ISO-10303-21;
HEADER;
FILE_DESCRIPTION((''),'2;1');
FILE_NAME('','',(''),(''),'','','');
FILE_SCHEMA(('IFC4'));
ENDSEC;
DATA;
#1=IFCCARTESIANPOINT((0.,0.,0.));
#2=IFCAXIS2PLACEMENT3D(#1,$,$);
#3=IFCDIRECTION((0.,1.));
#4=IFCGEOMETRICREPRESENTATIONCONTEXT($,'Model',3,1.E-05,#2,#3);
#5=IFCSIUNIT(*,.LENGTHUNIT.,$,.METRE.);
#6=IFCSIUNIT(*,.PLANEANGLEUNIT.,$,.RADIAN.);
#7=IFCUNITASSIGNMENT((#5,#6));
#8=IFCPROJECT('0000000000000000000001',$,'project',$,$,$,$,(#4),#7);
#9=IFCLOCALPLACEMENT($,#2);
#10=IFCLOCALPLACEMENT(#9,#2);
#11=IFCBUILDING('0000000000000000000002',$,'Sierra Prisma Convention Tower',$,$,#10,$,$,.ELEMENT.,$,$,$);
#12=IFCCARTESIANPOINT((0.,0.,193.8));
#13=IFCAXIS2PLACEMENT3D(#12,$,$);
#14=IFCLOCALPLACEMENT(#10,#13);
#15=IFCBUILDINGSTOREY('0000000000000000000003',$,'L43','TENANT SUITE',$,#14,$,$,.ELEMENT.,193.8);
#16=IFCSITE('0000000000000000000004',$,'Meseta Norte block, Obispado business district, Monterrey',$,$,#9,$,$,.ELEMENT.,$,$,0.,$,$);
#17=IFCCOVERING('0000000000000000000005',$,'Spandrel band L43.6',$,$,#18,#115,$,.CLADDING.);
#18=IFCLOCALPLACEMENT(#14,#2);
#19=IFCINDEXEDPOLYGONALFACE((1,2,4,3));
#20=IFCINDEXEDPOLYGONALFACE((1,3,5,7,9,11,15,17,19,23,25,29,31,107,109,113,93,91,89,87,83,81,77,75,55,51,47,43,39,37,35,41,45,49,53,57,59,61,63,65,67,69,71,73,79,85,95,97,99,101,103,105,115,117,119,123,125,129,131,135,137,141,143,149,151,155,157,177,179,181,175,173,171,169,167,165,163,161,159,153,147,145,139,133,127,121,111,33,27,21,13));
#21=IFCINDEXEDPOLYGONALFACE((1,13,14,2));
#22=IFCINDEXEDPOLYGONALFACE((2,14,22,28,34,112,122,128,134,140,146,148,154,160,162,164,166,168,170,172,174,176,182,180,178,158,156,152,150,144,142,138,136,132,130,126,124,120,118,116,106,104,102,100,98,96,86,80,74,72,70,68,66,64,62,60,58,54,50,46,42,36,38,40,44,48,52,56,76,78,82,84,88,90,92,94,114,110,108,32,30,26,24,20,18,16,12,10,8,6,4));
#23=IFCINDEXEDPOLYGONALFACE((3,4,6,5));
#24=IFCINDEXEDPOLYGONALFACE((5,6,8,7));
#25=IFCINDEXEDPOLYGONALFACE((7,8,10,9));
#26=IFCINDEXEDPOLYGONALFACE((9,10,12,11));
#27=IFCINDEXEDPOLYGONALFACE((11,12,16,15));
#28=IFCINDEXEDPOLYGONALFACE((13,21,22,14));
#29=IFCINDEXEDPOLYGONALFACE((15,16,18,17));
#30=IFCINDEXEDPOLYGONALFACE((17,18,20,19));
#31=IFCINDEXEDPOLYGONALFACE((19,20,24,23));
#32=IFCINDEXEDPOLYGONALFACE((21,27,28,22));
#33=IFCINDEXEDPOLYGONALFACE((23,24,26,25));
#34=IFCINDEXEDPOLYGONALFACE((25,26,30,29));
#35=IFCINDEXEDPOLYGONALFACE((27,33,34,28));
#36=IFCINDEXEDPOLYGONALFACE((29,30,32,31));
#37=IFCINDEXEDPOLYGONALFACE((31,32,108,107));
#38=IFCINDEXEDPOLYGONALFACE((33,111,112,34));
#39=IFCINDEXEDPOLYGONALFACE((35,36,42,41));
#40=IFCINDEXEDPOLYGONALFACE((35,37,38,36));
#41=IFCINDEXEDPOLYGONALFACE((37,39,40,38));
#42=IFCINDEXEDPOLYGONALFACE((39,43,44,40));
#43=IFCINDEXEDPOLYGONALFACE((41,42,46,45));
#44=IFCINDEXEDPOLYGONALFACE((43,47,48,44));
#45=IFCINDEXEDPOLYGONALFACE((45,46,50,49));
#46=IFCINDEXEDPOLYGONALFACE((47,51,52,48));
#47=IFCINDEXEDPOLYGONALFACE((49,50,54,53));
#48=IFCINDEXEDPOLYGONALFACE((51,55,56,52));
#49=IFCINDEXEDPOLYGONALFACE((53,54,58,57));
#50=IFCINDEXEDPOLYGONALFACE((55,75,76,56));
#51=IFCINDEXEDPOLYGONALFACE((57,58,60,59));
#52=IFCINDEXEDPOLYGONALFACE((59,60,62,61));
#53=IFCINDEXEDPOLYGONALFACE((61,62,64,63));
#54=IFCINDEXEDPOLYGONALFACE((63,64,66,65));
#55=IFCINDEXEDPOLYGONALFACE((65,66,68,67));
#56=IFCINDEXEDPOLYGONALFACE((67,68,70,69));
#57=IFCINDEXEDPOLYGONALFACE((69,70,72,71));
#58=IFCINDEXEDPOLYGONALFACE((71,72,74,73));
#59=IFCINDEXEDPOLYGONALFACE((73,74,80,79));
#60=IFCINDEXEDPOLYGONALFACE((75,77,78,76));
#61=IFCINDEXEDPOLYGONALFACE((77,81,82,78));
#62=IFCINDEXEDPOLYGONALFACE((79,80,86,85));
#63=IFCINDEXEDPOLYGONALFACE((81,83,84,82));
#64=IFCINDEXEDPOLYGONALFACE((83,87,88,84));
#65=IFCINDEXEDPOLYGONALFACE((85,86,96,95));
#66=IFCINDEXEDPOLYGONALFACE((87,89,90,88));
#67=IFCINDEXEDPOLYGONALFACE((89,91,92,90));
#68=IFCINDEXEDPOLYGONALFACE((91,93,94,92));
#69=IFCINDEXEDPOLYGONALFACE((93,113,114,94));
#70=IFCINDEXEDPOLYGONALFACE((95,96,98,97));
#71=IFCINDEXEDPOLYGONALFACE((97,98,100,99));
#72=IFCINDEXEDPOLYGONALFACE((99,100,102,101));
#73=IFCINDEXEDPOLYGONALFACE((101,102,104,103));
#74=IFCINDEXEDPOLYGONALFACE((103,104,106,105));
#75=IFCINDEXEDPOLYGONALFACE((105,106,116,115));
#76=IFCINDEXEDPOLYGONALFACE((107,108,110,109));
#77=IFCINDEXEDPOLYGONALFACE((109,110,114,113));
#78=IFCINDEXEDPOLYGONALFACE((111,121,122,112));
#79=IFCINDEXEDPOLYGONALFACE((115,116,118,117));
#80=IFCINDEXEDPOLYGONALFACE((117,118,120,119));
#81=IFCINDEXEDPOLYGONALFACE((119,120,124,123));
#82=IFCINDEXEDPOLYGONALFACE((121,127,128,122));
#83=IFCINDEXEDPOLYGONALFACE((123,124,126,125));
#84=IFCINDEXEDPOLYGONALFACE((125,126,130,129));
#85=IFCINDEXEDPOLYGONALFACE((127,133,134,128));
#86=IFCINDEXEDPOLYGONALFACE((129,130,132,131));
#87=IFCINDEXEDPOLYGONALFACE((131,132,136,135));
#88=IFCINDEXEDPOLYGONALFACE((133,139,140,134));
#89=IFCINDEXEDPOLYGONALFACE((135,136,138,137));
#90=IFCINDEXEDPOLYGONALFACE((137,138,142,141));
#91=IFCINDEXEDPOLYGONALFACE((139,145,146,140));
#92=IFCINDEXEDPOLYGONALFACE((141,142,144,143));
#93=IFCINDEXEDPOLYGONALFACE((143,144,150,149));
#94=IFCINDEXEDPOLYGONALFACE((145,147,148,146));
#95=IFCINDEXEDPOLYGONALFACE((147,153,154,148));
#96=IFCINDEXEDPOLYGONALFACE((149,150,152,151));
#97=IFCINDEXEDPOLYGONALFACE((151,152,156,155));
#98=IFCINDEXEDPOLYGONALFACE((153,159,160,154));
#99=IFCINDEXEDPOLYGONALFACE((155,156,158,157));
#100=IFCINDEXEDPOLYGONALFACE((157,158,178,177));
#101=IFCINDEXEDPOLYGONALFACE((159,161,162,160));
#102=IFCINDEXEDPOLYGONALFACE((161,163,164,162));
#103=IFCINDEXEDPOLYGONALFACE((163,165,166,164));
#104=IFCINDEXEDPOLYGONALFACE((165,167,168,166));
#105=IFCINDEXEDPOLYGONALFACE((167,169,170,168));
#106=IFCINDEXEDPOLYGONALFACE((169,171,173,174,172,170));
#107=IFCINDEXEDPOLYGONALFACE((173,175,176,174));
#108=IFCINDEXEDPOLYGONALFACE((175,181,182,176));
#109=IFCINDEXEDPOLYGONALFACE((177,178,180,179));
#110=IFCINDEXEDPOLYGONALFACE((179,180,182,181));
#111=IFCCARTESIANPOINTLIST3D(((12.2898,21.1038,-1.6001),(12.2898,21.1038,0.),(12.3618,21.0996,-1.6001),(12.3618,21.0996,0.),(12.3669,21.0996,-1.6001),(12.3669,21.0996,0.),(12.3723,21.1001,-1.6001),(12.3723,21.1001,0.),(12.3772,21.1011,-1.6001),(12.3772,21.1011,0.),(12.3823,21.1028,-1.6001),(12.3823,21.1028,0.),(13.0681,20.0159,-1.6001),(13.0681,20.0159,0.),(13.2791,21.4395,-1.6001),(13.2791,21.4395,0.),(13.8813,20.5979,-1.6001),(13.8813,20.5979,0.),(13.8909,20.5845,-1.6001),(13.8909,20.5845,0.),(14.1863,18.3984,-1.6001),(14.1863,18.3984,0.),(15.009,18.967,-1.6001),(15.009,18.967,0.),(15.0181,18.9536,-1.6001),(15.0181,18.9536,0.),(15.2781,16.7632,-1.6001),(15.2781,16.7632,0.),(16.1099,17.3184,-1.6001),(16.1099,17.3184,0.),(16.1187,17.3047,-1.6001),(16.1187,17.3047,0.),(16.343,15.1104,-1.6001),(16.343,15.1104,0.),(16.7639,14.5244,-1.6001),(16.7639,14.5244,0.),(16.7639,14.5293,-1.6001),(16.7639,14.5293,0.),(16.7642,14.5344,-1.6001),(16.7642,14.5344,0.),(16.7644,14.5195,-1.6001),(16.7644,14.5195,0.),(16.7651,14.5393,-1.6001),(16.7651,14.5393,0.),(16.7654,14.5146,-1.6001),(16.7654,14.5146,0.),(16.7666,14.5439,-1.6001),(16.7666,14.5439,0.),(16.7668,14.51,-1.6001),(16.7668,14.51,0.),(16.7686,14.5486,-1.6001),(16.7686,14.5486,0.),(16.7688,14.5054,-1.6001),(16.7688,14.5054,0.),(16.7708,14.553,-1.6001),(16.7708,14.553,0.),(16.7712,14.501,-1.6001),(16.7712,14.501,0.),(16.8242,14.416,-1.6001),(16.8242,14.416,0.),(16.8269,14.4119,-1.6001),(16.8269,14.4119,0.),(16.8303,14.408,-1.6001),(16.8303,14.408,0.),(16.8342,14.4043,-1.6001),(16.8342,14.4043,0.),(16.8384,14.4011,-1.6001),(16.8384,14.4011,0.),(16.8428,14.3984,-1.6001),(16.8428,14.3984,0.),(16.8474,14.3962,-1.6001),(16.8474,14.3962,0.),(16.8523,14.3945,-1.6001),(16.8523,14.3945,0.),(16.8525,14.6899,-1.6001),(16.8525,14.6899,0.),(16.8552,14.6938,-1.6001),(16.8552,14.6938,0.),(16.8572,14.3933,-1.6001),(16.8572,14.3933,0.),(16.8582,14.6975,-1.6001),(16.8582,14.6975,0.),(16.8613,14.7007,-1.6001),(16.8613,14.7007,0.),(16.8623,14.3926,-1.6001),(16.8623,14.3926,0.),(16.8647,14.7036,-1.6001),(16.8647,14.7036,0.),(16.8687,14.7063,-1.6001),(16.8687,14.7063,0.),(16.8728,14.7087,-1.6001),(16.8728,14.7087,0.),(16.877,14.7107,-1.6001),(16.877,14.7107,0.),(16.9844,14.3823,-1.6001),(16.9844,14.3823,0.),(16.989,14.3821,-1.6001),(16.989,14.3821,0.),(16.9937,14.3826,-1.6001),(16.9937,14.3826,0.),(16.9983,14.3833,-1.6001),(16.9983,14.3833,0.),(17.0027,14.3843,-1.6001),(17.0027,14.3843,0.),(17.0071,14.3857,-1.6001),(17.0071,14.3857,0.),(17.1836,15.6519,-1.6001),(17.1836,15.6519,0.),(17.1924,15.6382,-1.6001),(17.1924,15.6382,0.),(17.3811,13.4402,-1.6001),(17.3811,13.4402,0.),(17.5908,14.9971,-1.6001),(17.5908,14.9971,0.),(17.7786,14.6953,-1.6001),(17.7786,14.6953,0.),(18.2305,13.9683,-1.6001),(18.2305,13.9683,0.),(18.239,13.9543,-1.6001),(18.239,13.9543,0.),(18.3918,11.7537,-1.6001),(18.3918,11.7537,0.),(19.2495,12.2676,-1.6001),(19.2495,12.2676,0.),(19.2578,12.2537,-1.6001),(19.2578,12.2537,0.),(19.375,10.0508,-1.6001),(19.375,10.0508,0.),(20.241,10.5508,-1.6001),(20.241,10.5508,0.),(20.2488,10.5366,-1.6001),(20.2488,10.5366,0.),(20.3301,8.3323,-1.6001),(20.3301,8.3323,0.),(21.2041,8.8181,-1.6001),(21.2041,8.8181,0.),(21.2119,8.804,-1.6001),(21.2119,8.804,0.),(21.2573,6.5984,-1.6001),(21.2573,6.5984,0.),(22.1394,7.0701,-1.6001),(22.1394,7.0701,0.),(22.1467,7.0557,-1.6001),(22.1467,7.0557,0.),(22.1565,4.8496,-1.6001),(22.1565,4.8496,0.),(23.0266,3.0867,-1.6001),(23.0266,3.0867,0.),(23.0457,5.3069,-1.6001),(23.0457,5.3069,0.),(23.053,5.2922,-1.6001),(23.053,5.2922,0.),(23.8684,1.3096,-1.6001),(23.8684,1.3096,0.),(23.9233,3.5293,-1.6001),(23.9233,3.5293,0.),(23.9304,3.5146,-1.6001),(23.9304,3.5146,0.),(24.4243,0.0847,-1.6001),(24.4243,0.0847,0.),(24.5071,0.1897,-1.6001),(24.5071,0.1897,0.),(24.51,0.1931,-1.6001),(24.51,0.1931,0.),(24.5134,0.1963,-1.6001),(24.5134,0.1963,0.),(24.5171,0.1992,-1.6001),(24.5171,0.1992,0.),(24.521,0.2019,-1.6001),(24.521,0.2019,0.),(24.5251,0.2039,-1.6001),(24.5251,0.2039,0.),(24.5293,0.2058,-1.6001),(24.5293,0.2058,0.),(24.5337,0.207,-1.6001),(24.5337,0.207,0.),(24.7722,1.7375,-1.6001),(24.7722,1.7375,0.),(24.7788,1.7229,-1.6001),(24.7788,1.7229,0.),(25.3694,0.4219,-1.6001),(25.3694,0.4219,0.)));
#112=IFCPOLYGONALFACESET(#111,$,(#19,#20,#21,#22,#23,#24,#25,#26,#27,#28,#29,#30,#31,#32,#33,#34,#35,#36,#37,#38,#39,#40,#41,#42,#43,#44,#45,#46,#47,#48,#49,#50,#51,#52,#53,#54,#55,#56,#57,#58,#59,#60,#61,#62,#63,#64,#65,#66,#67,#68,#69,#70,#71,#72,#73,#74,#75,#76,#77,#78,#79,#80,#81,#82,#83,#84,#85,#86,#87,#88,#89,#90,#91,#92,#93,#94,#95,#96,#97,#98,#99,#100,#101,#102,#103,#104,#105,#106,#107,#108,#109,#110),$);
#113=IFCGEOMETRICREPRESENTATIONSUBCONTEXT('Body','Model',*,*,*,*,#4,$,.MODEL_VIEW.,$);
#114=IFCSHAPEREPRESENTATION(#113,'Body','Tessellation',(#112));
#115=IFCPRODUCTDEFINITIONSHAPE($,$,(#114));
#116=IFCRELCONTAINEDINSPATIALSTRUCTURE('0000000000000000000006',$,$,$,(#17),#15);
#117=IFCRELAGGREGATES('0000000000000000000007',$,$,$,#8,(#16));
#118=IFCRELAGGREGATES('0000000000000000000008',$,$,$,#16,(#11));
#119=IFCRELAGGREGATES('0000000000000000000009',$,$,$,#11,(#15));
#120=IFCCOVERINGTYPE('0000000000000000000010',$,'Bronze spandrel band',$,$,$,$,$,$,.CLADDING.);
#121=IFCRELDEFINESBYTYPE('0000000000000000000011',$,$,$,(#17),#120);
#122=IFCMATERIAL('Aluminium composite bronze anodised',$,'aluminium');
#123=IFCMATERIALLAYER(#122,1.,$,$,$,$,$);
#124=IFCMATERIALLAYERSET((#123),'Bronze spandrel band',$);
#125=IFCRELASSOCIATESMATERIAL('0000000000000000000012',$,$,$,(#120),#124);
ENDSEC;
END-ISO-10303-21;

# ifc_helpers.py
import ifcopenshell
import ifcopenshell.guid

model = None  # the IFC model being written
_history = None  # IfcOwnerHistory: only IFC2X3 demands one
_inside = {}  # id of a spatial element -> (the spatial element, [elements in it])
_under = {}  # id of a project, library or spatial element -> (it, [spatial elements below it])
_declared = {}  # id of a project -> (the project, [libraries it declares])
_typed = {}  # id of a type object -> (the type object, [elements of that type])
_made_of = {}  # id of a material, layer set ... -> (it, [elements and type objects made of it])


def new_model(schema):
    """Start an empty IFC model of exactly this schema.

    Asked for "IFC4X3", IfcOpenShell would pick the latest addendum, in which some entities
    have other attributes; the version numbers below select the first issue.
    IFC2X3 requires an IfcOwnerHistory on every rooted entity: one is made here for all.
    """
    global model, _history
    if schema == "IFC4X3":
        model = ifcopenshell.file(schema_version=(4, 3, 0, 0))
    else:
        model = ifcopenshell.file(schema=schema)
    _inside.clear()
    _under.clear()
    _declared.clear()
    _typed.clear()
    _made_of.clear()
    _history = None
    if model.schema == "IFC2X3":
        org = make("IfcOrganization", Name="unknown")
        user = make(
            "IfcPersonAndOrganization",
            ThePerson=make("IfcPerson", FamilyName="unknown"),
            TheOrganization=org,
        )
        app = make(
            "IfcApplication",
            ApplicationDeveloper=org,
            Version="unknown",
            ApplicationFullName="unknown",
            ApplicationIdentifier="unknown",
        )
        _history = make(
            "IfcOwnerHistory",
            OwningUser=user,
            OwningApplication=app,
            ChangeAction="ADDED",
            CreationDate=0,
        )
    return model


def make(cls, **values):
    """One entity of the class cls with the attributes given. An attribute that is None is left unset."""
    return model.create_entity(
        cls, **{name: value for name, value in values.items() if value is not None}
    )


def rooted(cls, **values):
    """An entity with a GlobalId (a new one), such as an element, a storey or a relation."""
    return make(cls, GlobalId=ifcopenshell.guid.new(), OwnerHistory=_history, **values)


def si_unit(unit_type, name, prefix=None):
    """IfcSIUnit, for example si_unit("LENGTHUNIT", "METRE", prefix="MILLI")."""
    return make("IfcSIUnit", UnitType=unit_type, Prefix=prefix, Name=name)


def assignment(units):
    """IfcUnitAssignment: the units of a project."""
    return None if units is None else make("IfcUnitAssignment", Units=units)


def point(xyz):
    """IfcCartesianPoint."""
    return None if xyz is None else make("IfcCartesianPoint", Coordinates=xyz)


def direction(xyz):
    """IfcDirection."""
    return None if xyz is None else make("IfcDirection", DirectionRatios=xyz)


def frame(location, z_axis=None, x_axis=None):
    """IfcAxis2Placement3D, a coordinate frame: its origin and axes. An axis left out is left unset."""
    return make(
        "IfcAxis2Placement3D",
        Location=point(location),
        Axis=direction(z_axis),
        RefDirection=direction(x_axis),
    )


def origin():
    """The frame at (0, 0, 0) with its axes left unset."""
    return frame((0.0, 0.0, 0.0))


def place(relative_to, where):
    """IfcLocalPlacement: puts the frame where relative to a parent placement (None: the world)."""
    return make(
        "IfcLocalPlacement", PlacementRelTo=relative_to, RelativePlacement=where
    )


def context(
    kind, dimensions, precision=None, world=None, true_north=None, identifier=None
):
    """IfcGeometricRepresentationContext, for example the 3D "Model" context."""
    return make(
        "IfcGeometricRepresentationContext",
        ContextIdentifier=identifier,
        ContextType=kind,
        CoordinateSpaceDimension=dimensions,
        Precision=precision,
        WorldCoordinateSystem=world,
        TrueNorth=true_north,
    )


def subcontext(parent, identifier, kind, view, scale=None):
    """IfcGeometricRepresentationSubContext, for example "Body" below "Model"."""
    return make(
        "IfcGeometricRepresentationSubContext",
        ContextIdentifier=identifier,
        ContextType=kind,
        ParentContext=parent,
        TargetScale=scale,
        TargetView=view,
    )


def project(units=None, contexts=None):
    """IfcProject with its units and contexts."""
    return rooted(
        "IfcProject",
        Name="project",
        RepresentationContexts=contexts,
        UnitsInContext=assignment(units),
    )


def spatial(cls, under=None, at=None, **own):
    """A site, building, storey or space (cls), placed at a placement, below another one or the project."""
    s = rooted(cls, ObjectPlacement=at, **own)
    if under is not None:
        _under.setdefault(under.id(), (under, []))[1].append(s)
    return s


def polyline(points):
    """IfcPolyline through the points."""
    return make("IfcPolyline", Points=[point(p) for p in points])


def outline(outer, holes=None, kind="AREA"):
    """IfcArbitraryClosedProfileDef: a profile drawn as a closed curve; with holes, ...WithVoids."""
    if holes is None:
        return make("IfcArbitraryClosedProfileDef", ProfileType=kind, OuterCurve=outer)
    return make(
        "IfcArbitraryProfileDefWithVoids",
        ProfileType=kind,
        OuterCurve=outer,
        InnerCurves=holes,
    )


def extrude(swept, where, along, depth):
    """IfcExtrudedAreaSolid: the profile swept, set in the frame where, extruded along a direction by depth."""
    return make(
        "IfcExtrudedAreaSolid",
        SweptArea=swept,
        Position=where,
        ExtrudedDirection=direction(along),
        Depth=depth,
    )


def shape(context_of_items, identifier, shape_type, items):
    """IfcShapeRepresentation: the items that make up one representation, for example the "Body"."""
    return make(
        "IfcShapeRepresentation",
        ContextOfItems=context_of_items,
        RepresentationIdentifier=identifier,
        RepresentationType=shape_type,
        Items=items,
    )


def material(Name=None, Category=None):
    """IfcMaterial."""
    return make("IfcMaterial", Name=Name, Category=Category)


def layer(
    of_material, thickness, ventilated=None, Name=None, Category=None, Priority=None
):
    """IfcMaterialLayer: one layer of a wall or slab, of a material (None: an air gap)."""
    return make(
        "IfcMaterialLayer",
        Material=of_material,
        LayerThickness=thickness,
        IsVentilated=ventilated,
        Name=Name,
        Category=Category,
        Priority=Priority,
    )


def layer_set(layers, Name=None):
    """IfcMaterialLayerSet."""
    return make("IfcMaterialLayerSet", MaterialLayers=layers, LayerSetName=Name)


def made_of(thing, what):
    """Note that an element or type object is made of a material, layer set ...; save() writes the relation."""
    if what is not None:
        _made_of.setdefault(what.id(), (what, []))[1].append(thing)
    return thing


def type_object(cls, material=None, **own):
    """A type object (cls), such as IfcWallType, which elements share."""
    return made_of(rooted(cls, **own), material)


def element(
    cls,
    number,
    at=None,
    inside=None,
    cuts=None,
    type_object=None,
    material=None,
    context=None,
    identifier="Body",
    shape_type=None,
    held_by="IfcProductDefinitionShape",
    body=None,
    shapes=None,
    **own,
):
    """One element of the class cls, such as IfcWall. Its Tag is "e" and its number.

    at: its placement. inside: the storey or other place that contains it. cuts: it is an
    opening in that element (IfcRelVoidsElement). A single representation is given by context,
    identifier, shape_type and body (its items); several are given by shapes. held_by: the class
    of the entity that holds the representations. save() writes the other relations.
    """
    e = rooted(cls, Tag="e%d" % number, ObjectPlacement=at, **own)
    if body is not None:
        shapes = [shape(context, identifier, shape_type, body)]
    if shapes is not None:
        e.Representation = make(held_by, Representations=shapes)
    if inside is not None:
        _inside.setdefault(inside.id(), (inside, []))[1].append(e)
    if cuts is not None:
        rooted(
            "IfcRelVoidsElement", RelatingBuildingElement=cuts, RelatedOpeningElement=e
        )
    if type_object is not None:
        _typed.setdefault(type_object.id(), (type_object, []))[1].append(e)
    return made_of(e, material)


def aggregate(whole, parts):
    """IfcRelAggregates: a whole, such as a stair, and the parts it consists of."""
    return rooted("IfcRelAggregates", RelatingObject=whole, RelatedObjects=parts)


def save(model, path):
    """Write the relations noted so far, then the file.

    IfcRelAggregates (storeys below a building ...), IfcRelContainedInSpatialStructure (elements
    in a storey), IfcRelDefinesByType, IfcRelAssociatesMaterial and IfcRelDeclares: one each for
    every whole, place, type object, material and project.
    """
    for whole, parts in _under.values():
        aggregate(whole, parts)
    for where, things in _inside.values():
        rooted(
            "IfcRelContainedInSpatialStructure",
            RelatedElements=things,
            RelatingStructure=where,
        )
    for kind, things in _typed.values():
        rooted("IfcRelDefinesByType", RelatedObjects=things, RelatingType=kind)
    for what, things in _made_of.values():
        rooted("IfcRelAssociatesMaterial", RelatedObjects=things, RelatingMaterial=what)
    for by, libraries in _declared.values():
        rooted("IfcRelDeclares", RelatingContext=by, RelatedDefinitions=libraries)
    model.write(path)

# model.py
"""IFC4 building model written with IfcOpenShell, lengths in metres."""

from ifc_helpers import new_model, si_unit, direction, frame, origin, place, context, subcontext, project, spatial, polyline, outline, extrude, material, layer, layer_set, type_object, element, save


model = new_model("IFC4")

# Units and contexts
model_context = context("Model", 3, precision=1e-05, world=origin(), true_north=direction((0.0, 1.0)))
body_context = subcontext(model_context, "Body", "Model", "MODEL_VIEW")
ifc_project = project(units=[si_unit("LENGTHUNIT", "METRE"), si_unit("PLANEANGLEUNIT", "RADIAN")], contexts=[model_context])

# Site, building, storey
site_placement = place(None, origin())
site = spatial("IfcSite", under=ifc_project, at=site_placement, Name="Meseta Norte block, Obispado business district, Monterrey", CompositionType="ELEMENT", RefElevation=0.0)
building_placement = place(site_placement, origin())
building = spatial("IfcBuilding", under=site, at=building_placement, Name="Sierra Prisma Convention Tower", CompositionType="ELEMENT")
storey_placement = place(building_placement, frame((0.0, 0.0, 193.8)))
storey = spatial("IfcBuildingStorey", under=building, at=storey_placement, Name="L43", Description="TENANT SUITE", CompositionType="ELEMENT", Elevation=193.8)

# Covering
ifc_material_1 = material(Name="Aluminium composite bronze anodised", Category="aluminium")
ifc_layer_1 = layer(ifc_material_1, 1.0)
ifc_layer_set_1 = layer_set([ifc_layer_1], Name="Bronze spandrel band")
covering_type = type_object("IfcCoveringType", Name="Bronze spandrel band", PredefinedType="CLADDING", material=ifc_layer_set_1)
covering_1_placement = place(storey_placement, frame((0.0, 0.0, -1.6001)))
element("IfcCovering", 1, at=covering_1_placement, inside=storey, type_object=covering_type, Name="Spandrel band L43.6", PredefinedType="CLADDING", context=body_context, shape_type="SweptSolid", body=[
    extrude(outline(polyline([(16.8647, 14.7036), (16.8613, 14.7007), (16.8582, 14.6975), (16.8552, 14.6938), (16.8525, 14.6899), (16.7708, 14.553), (16.7686, 14.5486), (16.7666, 14.5439), (16.7651, 14.5393), (16.7642, 14.5344), (16.7639, 14.5293), (16.7639, 14.5244), (16.7644, 14.5195), (16.7654, 14.5146), (16.7668, 14.51), (16.7688, 14.5054), (16.7712, 14.501), (16.8242, 14.416), (16.8269, 14.4119), (16.8303, 14.408), (16.8342, 14.4043), (16.8384, 14.4011), (16.8428, 14.3984), (16.8474, 14.3962), (16.8523, 14.3945), (16.8572, 14.3933), (16.8623, 14.3926), (16.9844, 14.3823), (16.989, 14.3821), (16.9937, 14.3826), (16.9983, 14.3833), (17.0027, 14.3843), (17.0071, 14.3857), (17.7786, 14.6953), (18.2305, 13.9683), (18.239, 13.9543), (19.2495, 12.2676), (19.2578, 12.2537), (20.241, 10.5508), (20.2488, 10.5366), (21.2041, 8.8181), (21.2119, 8.804), (22.1394, 7.0701), (22.1467, 7.0557), (23.0457, 5.3069), (23.053, 5.2922), (23.9233, 3.5293), (23.9304, 3.5146), (24.7722, 1.7375), (24.7788, 1.7229), (25.3694, 0.4219), (24.5337, 0.207), (24.5293, 0.2058), (24.5251, 0.2039), (24.521, 0.2019), (24.5171, 0.1992), (24.5134, 0.1963), (24.51, 0.1931), (24.5071, 0.1897), (24.4243, 0.0847), (23.8684, 1.3096), (23.0266, 3.0867), (22.1565, 4.8496), (21.2573, 6.5984), (20.3301, 8.3323), (19.375, 10.0508), (18.3918, 11.7537), (17.3811, 13.4402), (16.343, 15.1104), (15.2781, 16.7632), (14.1863, 18.3984), (13.0681, 20.0159), (12.2898, 21.1038), (12.3618, 21.0996), (12.3669, 21.0996), (12.3723, 21.1001), (12.3772, 21.1011), (12.3823, 21.1028), (13.2791, 21.4395), (13.8813, 20.5979), (13.8909, 20.5845), (15.009, 18.967), (15.0181, 18.9536), (16.1099, 17.3184), (16.1187, 17.3047), (17.1836, 15.6519), (17.1924, 15.6382), (17.5908, 14.9971), (16.877, 14.7107), (16.8728, 14.7087), (16.8687, 14.7063), (16.8647, 14.7036)])), origin(), (0.0, 0.0, 1.0), 1.6001),
])

save(model, "model.ifc")
